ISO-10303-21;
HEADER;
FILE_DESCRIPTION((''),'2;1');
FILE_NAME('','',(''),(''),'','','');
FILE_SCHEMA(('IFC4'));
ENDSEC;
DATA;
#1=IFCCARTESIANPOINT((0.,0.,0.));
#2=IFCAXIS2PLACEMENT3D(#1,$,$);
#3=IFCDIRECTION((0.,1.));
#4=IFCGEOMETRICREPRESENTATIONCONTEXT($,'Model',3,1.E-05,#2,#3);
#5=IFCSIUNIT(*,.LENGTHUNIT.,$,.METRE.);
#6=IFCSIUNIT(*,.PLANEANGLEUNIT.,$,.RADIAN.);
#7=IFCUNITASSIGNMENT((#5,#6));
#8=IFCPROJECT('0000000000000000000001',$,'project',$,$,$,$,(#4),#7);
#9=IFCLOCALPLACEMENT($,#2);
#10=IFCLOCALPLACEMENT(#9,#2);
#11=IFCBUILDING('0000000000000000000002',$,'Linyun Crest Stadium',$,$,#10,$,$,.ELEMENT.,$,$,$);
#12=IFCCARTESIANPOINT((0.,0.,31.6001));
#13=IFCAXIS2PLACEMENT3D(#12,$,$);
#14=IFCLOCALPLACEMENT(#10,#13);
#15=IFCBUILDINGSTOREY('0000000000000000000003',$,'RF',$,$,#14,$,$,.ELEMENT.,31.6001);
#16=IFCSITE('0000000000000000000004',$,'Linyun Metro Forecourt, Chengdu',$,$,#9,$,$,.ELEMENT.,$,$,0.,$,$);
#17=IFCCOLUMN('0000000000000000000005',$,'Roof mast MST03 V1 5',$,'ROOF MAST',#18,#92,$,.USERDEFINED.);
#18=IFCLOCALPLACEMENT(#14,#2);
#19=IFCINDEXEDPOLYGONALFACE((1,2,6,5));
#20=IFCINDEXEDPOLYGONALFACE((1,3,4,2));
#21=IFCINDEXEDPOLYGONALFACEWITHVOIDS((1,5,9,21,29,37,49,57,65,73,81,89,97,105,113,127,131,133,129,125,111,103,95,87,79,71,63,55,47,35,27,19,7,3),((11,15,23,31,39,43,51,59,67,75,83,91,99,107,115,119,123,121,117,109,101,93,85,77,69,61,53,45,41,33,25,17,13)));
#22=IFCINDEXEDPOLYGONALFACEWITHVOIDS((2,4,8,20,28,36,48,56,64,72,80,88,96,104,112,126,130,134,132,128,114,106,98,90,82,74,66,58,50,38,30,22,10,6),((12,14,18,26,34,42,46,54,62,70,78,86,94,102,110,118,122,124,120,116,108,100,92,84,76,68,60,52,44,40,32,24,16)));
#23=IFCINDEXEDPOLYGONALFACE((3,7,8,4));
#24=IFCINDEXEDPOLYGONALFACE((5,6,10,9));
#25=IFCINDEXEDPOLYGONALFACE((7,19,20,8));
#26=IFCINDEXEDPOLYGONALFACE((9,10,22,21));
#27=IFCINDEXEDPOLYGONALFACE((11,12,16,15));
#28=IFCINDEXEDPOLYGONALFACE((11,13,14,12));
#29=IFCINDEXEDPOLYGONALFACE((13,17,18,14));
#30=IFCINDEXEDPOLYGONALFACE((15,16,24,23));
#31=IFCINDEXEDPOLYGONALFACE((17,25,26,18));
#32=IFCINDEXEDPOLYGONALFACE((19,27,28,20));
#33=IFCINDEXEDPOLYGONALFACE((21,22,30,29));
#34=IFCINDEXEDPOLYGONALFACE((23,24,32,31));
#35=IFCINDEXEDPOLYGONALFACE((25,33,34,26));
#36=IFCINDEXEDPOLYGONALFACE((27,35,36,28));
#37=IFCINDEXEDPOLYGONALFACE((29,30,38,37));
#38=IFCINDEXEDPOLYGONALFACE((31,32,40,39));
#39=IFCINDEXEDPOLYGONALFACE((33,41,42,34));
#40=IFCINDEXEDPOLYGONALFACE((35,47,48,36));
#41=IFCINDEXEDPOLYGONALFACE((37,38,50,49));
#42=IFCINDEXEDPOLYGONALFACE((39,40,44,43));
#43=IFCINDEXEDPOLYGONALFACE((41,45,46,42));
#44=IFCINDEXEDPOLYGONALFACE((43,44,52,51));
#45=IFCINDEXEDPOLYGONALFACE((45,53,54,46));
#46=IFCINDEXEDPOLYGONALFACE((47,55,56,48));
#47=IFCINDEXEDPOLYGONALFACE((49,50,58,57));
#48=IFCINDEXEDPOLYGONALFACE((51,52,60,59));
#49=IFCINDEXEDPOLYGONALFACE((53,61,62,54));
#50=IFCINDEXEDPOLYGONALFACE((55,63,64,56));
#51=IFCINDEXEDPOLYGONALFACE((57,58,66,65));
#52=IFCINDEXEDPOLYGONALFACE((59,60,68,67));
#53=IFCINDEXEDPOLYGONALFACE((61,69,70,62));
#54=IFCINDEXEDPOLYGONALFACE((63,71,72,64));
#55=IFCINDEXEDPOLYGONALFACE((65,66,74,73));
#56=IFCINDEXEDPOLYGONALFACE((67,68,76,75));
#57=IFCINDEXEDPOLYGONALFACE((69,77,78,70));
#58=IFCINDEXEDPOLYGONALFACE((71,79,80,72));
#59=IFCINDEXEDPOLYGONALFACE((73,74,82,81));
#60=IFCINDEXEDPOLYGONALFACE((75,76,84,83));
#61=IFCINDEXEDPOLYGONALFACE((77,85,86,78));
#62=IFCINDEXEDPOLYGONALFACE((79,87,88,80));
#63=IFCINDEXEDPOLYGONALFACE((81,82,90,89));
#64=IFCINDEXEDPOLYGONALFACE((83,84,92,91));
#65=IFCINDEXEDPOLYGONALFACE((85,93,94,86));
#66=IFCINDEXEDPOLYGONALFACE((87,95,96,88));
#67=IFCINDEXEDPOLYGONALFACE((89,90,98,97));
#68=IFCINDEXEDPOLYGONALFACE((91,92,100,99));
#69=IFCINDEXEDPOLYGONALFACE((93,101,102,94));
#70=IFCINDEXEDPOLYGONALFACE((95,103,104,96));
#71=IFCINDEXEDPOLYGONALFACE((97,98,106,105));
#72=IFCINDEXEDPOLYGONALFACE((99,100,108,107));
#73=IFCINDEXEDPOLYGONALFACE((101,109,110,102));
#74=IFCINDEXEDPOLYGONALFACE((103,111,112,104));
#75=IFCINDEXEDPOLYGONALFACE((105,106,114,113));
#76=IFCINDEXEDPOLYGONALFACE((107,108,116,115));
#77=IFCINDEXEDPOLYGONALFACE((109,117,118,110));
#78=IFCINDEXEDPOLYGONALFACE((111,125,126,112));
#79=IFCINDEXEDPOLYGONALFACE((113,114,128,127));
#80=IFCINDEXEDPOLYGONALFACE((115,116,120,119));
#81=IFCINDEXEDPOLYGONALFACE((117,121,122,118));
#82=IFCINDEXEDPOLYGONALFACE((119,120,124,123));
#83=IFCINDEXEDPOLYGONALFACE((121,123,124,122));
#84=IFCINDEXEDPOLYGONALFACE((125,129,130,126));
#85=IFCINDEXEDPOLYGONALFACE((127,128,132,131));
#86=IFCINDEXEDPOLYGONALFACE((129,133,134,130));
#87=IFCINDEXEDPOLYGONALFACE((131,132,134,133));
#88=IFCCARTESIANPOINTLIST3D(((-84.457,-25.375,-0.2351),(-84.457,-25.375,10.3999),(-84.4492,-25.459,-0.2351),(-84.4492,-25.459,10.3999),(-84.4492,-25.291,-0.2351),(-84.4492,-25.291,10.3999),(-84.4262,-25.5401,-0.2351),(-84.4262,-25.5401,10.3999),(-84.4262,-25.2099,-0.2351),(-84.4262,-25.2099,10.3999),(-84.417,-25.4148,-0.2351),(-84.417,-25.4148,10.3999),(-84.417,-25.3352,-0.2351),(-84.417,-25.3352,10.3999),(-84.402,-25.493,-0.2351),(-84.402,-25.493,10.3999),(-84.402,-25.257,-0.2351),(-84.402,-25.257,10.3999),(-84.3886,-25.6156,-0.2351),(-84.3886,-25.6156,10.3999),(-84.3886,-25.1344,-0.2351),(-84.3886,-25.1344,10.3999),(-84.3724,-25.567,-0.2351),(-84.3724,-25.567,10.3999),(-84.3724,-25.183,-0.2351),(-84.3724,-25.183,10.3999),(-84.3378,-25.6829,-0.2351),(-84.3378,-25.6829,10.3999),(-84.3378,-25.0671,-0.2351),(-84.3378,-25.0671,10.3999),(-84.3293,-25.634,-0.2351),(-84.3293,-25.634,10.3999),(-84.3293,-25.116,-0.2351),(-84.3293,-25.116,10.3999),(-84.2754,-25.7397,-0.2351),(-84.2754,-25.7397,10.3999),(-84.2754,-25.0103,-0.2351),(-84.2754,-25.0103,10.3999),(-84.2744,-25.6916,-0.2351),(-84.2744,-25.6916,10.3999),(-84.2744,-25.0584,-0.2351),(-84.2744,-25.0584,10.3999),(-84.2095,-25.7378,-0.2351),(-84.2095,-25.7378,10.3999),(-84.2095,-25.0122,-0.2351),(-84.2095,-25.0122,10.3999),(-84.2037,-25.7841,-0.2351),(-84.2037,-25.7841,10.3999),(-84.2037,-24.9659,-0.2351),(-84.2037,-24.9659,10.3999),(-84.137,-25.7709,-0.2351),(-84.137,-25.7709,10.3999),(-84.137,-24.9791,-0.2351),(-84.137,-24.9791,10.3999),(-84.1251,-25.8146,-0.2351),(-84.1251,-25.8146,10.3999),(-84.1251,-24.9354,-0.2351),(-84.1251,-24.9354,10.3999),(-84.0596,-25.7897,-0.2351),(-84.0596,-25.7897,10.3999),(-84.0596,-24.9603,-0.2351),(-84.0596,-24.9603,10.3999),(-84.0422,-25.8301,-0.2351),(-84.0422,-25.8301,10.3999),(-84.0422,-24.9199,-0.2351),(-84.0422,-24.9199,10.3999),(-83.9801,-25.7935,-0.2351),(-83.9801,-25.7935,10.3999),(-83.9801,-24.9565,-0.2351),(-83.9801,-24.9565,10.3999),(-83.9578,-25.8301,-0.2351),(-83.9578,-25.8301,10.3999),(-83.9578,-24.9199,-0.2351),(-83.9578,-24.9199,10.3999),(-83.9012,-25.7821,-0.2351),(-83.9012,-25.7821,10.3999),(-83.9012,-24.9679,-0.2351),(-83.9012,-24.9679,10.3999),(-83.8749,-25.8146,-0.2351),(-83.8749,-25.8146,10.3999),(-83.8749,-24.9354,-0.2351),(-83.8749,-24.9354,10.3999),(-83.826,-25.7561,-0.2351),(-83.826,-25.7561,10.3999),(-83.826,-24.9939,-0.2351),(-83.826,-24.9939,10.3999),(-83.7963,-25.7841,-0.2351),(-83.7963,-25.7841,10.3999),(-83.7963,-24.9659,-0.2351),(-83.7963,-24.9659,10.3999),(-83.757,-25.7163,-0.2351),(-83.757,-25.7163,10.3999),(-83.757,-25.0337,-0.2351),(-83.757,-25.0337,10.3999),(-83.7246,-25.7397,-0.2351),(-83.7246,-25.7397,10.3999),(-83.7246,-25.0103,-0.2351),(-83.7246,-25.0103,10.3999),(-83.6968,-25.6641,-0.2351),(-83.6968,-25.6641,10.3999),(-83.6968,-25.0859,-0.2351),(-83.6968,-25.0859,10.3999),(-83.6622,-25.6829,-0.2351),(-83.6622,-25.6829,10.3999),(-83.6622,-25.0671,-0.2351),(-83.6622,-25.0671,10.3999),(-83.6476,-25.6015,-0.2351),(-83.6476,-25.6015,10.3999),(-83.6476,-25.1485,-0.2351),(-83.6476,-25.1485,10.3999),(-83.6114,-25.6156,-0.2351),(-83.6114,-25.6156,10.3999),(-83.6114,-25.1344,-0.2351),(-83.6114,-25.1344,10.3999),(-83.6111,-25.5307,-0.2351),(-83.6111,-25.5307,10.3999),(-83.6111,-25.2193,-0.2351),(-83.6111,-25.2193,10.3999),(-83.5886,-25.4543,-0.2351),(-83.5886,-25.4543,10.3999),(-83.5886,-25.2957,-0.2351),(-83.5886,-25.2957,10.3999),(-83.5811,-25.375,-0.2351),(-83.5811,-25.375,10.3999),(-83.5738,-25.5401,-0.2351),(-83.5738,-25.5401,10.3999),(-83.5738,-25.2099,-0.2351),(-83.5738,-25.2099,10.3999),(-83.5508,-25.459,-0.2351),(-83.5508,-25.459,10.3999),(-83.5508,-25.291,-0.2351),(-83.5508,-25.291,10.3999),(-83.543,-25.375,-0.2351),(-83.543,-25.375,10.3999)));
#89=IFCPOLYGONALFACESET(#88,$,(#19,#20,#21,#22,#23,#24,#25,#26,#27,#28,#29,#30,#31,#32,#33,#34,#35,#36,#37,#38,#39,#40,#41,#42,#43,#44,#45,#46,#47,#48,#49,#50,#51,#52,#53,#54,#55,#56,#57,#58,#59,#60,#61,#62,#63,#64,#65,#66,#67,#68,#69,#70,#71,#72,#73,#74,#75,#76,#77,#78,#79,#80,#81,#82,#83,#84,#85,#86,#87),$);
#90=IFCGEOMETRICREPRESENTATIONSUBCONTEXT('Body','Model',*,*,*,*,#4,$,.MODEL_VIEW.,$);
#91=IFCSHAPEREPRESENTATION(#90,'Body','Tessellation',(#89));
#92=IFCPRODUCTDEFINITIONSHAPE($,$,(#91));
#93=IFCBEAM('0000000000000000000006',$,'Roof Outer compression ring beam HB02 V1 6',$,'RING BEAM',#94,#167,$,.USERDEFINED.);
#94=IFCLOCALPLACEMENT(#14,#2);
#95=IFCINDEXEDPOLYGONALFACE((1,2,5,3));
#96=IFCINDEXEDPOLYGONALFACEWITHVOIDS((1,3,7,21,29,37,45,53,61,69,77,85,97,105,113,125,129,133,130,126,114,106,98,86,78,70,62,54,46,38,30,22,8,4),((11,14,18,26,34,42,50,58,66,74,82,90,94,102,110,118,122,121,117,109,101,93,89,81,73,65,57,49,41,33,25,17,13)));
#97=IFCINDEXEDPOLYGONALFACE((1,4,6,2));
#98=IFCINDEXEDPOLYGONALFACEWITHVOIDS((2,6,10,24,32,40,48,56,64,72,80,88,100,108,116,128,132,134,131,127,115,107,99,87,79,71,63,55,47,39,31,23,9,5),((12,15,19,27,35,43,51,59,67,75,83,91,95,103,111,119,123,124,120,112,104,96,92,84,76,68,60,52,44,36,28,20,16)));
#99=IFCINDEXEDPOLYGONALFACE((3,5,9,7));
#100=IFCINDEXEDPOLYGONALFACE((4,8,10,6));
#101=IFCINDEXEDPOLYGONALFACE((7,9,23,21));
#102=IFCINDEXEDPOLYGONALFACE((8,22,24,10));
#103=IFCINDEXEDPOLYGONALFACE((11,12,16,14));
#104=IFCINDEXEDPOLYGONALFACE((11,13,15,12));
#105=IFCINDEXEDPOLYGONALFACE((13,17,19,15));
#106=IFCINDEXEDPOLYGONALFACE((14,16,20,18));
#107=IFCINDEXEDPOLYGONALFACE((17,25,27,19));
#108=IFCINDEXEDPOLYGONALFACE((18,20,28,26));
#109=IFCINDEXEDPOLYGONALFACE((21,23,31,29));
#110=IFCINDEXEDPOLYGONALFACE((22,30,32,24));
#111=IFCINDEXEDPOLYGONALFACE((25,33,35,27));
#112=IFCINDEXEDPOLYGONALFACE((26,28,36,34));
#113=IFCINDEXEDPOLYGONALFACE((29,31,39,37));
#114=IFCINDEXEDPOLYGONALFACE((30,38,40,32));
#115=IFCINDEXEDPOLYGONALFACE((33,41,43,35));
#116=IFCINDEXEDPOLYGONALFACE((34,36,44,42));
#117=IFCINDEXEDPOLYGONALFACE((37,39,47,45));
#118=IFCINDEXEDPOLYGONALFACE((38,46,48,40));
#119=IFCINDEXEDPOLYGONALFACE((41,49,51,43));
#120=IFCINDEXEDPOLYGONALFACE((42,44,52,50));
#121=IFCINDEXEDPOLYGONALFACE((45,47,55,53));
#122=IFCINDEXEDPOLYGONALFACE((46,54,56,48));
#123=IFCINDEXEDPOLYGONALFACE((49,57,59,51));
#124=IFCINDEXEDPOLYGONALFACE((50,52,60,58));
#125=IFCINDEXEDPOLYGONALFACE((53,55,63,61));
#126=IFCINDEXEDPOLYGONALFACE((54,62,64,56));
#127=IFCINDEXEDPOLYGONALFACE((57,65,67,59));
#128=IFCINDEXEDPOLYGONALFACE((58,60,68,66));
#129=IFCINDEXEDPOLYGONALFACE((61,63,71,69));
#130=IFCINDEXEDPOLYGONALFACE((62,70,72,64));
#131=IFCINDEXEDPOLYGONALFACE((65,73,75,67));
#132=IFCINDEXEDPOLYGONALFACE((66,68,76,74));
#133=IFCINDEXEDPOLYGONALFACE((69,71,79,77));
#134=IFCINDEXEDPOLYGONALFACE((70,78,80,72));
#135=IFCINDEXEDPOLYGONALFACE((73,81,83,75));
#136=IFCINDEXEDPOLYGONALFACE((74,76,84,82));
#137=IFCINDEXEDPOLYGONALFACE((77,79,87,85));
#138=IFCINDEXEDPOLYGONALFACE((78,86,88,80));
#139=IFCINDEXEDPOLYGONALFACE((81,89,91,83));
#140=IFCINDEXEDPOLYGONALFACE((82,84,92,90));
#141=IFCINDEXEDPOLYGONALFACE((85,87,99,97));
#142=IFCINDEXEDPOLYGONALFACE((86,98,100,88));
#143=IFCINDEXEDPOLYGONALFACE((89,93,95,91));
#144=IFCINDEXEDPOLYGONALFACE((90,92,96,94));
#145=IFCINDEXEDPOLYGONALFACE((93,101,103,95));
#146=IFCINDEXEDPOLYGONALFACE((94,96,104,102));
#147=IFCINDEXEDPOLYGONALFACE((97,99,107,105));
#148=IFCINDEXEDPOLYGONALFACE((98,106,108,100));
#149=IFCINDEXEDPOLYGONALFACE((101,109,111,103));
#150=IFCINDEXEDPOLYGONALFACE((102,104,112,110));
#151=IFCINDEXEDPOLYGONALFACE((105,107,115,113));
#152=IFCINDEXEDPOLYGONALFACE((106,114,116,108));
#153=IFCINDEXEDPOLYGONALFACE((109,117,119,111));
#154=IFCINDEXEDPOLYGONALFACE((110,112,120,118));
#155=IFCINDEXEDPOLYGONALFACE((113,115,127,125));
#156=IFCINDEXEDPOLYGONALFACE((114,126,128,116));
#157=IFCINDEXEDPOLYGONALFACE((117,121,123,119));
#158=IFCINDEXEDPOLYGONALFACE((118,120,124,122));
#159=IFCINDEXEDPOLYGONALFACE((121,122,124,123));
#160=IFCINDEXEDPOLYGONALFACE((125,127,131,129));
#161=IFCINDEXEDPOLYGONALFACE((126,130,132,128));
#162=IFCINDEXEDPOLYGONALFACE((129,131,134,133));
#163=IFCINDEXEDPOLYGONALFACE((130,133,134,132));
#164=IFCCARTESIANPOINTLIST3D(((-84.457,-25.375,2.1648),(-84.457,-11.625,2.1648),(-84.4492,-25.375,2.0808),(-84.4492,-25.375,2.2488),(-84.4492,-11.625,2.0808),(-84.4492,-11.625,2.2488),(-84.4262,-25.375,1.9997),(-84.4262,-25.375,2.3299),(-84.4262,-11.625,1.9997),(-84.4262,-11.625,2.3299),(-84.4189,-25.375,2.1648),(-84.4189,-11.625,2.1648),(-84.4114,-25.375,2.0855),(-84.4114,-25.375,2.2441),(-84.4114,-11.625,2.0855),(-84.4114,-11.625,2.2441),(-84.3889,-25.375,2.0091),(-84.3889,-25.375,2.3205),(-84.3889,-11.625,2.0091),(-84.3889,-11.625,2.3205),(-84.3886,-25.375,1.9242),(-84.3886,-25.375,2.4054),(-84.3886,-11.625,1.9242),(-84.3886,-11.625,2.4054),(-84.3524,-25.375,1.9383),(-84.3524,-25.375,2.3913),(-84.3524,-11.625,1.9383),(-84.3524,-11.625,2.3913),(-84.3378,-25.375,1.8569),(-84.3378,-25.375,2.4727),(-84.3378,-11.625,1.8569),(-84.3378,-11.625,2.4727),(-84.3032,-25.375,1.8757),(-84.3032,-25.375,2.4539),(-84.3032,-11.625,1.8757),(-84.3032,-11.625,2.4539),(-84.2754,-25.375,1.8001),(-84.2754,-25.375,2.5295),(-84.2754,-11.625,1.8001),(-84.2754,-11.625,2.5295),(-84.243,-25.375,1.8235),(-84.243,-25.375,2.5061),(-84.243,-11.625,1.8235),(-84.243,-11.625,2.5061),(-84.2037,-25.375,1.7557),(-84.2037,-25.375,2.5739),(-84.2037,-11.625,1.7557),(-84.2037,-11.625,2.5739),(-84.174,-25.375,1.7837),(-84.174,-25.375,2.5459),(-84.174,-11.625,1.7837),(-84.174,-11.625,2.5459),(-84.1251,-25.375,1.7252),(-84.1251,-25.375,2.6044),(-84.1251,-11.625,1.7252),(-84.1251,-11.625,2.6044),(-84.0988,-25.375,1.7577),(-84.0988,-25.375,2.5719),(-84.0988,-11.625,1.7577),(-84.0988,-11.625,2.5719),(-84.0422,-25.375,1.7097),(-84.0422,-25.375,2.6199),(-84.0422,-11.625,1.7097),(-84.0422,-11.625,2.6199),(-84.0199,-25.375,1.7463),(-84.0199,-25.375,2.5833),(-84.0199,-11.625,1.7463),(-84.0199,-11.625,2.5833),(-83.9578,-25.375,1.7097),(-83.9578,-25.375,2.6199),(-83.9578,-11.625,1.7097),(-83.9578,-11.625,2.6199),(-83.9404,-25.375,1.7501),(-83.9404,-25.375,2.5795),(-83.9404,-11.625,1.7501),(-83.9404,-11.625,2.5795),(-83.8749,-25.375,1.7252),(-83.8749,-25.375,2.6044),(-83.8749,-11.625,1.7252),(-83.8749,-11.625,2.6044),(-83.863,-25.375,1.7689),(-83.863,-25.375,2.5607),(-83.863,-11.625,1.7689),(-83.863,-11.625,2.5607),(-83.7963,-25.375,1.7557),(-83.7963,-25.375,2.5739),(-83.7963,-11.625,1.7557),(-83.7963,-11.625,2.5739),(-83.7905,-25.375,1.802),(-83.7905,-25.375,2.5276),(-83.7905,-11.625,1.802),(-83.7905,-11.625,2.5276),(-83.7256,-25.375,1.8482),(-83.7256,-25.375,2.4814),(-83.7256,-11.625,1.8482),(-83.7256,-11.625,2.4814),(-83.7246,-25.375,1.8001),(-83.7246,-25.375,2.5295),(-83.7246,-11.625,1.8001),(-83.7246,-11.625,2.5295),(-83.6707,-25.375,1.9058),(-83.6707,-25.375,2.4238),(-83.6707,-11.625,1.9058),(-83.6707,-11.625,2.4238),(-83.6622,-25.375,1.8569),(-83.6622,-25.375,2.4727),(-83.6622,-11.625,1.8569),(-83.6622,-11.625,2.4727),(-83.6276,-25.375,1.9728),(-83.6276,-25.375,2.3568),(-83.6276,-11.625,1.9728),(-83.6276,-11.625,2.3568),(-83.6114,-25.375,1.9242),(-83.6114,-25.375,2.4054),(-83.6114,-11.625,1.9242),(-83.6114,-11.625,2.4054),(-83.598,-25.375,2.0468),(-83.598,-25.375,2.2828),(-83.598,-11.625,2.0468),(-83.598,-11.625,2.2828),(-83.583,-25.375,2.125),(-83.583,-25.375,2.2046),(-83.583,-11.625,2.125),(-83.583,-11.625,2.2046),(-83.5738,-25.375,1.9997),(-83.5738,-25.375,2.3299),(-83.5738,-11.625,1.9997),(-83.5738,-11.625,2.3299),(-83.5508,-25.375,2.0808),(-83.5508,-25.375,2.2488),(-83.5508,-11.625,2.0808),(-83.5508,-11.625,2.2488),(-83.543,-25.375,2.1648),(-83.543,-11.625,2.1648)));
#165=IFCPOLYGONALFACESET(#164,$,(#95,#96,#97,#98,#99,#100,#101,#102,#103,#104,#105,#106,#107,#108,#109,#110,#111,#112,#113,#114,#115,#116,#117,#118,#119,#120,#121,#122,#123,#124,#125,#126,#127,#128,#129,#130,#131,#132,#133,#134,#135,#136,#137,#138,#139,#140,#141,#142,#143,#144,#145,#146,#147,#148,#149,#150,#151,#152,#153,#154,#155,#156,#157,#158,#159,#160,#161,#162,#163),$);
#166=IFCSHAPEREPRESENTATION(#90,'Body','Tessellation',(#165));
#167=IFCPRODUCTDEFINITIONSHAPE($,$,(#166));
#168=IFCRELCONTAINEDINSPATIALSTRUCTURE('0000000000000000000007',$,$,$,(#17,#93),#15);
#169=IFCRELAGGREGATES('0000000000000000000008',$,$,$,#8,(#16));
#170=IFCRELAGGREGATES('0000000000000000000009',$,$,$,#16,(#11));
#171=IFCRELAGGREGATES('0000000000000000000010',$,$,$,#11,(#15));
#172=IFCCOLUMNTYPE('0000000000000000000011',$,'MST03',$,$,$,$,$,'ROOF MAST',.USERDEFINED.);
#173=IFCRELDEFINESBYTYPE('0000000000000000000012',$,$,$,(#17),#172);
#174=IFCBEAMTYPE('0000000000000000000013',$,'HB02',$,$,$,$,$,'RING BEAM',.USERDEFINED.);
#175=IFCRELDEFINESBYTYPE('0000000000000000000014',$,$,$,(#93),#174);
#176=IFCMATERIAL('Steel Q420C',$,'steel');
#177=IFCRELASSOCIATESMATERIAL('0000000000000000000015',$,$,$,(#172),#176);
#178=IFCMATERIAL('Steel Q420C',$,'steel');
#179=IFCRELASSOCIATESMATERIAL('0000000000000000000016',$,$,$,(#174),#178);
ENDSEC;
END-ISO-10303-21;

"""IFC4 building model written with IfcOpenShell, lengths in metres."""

from ifc_helpers import new_model, si_unit, direction, frame, origin, origin_2d, place, context, subcontext, project, spatial, hollow_circle, extrude, material, material_profile, profile_set, type_object, element, save


model = new_model("IFC4")

# Units and contexts
model_context = context("Model", 3, precision=1e-05, world=origin(), true_north=direction((0.0, 1.0)))
body_context = subcontext(model_context, "Body", "Model", "MODEL_VIEW")
ifc_project = project(units=[si_unit("LENGTHUNIT", "METRE"), si_unit("PLANEANGLEUNIT", "RADIAN")], contexts=[model_context])

# Site, building, storey
site_placement = place(None, origin())
site = spatial("IfcSite", under=ifc_project, at=site_placement, Name="Linyun Metro Forecourt, Chengdu", CompositionType="ELEMENT", RefElevation=0.0)
building_placement = place(site_placement, origin())
building = spatial("IfcBuilding", under=site, at=building_placement, Name="Linyun Crest Stadium", CompositionType="ELEMENT")
storey_placement = place(building_placement, frame((0.0, 0.0, 31.6001)))
storey = spatial("IfcBuildingStorey", under=building, at=storey_placement, Name="RF", CompositionType="ELEMENT", Elevation=31.6001)

# Column
ifc_material_1 = material(Name="Steel Q420C", Category="steel")
ifc_material_profile_1 = material_profile(ifc_material_1, hollow_circle(Radius=0.457, WallThickness=0.0381, at=origin_2d()), Name="CHS 914x38")
ifc_profile_set_1 = profile_set([ifc_material_profile_1], Name="Steel Q420C")
column_type = type_object("IfcColumnType", Name="MST03", ElementType="ROOF MAST", PredefinedType="USERDEFINED", material=ifc_profile_set_1)
column_placement = place(storey_placement, frame((-84.0, -25.375, -0.2351), z_axis=(0.0, 0.0, 1.0), x_axis=(1.0, 0.0, 0.0)))
element("IfcColumn", 1, at=column_placement, inside=storey, type_object=column_type, Name="Roof mast MST03 V1 5", ObjectType="ROOF MAST", PredefinedType="USERDEFINED", context=body_context, shape_type="SweptSolid", body=[
    extrude(hollow_circle(Radius=0.457, WallThickness=0.0381, at=origin_2d()), origin(), (0.0, 0.0, 1.0), 10.635),
])

# Beam
ifc_material_2 = material(Name="Steel Q420C", Category="steel")
ifc_material_profile_2 = material_profile(ifc_material_2, hollow_circle(Radius=0.457, WallThickness=0.0381, at=origin_2d()), Name="CHS 914x38")
ifc_profile_set_2 = profile_set([ifc_material_profile_2], Name="Steel Q420C")
beam_type = type_object("IfcBeamType", Name="HB02", ElementType="RING BEAM", PredefinedType="USERDEFINED", material=ifc_profile_set_2)
beam_placement = place(storey_placement, frame((-84.0, -25.375, 2.1648), z_axis=(0.0, 1.0, 0.0), x_axis=(-1.0, 0.0, 0.0)))
element("IfcBeam", 2, at=beam_placement, inside=storey, type_object=beam_type, Name="Roof Outer compression ring beam HB02 V1 6", ObjectType="RING BEAM", PredefinedType="USERDEFINED", context=body_context, shape_type="SweptSolid", body=[
    extrude(hollow_circle(Radius=0.457, WallThickness=0.0381, at=origin_2d()), origin(), (0.0, 0.0, 1.0), 13.75),
])

save(model, "model.ifc")
